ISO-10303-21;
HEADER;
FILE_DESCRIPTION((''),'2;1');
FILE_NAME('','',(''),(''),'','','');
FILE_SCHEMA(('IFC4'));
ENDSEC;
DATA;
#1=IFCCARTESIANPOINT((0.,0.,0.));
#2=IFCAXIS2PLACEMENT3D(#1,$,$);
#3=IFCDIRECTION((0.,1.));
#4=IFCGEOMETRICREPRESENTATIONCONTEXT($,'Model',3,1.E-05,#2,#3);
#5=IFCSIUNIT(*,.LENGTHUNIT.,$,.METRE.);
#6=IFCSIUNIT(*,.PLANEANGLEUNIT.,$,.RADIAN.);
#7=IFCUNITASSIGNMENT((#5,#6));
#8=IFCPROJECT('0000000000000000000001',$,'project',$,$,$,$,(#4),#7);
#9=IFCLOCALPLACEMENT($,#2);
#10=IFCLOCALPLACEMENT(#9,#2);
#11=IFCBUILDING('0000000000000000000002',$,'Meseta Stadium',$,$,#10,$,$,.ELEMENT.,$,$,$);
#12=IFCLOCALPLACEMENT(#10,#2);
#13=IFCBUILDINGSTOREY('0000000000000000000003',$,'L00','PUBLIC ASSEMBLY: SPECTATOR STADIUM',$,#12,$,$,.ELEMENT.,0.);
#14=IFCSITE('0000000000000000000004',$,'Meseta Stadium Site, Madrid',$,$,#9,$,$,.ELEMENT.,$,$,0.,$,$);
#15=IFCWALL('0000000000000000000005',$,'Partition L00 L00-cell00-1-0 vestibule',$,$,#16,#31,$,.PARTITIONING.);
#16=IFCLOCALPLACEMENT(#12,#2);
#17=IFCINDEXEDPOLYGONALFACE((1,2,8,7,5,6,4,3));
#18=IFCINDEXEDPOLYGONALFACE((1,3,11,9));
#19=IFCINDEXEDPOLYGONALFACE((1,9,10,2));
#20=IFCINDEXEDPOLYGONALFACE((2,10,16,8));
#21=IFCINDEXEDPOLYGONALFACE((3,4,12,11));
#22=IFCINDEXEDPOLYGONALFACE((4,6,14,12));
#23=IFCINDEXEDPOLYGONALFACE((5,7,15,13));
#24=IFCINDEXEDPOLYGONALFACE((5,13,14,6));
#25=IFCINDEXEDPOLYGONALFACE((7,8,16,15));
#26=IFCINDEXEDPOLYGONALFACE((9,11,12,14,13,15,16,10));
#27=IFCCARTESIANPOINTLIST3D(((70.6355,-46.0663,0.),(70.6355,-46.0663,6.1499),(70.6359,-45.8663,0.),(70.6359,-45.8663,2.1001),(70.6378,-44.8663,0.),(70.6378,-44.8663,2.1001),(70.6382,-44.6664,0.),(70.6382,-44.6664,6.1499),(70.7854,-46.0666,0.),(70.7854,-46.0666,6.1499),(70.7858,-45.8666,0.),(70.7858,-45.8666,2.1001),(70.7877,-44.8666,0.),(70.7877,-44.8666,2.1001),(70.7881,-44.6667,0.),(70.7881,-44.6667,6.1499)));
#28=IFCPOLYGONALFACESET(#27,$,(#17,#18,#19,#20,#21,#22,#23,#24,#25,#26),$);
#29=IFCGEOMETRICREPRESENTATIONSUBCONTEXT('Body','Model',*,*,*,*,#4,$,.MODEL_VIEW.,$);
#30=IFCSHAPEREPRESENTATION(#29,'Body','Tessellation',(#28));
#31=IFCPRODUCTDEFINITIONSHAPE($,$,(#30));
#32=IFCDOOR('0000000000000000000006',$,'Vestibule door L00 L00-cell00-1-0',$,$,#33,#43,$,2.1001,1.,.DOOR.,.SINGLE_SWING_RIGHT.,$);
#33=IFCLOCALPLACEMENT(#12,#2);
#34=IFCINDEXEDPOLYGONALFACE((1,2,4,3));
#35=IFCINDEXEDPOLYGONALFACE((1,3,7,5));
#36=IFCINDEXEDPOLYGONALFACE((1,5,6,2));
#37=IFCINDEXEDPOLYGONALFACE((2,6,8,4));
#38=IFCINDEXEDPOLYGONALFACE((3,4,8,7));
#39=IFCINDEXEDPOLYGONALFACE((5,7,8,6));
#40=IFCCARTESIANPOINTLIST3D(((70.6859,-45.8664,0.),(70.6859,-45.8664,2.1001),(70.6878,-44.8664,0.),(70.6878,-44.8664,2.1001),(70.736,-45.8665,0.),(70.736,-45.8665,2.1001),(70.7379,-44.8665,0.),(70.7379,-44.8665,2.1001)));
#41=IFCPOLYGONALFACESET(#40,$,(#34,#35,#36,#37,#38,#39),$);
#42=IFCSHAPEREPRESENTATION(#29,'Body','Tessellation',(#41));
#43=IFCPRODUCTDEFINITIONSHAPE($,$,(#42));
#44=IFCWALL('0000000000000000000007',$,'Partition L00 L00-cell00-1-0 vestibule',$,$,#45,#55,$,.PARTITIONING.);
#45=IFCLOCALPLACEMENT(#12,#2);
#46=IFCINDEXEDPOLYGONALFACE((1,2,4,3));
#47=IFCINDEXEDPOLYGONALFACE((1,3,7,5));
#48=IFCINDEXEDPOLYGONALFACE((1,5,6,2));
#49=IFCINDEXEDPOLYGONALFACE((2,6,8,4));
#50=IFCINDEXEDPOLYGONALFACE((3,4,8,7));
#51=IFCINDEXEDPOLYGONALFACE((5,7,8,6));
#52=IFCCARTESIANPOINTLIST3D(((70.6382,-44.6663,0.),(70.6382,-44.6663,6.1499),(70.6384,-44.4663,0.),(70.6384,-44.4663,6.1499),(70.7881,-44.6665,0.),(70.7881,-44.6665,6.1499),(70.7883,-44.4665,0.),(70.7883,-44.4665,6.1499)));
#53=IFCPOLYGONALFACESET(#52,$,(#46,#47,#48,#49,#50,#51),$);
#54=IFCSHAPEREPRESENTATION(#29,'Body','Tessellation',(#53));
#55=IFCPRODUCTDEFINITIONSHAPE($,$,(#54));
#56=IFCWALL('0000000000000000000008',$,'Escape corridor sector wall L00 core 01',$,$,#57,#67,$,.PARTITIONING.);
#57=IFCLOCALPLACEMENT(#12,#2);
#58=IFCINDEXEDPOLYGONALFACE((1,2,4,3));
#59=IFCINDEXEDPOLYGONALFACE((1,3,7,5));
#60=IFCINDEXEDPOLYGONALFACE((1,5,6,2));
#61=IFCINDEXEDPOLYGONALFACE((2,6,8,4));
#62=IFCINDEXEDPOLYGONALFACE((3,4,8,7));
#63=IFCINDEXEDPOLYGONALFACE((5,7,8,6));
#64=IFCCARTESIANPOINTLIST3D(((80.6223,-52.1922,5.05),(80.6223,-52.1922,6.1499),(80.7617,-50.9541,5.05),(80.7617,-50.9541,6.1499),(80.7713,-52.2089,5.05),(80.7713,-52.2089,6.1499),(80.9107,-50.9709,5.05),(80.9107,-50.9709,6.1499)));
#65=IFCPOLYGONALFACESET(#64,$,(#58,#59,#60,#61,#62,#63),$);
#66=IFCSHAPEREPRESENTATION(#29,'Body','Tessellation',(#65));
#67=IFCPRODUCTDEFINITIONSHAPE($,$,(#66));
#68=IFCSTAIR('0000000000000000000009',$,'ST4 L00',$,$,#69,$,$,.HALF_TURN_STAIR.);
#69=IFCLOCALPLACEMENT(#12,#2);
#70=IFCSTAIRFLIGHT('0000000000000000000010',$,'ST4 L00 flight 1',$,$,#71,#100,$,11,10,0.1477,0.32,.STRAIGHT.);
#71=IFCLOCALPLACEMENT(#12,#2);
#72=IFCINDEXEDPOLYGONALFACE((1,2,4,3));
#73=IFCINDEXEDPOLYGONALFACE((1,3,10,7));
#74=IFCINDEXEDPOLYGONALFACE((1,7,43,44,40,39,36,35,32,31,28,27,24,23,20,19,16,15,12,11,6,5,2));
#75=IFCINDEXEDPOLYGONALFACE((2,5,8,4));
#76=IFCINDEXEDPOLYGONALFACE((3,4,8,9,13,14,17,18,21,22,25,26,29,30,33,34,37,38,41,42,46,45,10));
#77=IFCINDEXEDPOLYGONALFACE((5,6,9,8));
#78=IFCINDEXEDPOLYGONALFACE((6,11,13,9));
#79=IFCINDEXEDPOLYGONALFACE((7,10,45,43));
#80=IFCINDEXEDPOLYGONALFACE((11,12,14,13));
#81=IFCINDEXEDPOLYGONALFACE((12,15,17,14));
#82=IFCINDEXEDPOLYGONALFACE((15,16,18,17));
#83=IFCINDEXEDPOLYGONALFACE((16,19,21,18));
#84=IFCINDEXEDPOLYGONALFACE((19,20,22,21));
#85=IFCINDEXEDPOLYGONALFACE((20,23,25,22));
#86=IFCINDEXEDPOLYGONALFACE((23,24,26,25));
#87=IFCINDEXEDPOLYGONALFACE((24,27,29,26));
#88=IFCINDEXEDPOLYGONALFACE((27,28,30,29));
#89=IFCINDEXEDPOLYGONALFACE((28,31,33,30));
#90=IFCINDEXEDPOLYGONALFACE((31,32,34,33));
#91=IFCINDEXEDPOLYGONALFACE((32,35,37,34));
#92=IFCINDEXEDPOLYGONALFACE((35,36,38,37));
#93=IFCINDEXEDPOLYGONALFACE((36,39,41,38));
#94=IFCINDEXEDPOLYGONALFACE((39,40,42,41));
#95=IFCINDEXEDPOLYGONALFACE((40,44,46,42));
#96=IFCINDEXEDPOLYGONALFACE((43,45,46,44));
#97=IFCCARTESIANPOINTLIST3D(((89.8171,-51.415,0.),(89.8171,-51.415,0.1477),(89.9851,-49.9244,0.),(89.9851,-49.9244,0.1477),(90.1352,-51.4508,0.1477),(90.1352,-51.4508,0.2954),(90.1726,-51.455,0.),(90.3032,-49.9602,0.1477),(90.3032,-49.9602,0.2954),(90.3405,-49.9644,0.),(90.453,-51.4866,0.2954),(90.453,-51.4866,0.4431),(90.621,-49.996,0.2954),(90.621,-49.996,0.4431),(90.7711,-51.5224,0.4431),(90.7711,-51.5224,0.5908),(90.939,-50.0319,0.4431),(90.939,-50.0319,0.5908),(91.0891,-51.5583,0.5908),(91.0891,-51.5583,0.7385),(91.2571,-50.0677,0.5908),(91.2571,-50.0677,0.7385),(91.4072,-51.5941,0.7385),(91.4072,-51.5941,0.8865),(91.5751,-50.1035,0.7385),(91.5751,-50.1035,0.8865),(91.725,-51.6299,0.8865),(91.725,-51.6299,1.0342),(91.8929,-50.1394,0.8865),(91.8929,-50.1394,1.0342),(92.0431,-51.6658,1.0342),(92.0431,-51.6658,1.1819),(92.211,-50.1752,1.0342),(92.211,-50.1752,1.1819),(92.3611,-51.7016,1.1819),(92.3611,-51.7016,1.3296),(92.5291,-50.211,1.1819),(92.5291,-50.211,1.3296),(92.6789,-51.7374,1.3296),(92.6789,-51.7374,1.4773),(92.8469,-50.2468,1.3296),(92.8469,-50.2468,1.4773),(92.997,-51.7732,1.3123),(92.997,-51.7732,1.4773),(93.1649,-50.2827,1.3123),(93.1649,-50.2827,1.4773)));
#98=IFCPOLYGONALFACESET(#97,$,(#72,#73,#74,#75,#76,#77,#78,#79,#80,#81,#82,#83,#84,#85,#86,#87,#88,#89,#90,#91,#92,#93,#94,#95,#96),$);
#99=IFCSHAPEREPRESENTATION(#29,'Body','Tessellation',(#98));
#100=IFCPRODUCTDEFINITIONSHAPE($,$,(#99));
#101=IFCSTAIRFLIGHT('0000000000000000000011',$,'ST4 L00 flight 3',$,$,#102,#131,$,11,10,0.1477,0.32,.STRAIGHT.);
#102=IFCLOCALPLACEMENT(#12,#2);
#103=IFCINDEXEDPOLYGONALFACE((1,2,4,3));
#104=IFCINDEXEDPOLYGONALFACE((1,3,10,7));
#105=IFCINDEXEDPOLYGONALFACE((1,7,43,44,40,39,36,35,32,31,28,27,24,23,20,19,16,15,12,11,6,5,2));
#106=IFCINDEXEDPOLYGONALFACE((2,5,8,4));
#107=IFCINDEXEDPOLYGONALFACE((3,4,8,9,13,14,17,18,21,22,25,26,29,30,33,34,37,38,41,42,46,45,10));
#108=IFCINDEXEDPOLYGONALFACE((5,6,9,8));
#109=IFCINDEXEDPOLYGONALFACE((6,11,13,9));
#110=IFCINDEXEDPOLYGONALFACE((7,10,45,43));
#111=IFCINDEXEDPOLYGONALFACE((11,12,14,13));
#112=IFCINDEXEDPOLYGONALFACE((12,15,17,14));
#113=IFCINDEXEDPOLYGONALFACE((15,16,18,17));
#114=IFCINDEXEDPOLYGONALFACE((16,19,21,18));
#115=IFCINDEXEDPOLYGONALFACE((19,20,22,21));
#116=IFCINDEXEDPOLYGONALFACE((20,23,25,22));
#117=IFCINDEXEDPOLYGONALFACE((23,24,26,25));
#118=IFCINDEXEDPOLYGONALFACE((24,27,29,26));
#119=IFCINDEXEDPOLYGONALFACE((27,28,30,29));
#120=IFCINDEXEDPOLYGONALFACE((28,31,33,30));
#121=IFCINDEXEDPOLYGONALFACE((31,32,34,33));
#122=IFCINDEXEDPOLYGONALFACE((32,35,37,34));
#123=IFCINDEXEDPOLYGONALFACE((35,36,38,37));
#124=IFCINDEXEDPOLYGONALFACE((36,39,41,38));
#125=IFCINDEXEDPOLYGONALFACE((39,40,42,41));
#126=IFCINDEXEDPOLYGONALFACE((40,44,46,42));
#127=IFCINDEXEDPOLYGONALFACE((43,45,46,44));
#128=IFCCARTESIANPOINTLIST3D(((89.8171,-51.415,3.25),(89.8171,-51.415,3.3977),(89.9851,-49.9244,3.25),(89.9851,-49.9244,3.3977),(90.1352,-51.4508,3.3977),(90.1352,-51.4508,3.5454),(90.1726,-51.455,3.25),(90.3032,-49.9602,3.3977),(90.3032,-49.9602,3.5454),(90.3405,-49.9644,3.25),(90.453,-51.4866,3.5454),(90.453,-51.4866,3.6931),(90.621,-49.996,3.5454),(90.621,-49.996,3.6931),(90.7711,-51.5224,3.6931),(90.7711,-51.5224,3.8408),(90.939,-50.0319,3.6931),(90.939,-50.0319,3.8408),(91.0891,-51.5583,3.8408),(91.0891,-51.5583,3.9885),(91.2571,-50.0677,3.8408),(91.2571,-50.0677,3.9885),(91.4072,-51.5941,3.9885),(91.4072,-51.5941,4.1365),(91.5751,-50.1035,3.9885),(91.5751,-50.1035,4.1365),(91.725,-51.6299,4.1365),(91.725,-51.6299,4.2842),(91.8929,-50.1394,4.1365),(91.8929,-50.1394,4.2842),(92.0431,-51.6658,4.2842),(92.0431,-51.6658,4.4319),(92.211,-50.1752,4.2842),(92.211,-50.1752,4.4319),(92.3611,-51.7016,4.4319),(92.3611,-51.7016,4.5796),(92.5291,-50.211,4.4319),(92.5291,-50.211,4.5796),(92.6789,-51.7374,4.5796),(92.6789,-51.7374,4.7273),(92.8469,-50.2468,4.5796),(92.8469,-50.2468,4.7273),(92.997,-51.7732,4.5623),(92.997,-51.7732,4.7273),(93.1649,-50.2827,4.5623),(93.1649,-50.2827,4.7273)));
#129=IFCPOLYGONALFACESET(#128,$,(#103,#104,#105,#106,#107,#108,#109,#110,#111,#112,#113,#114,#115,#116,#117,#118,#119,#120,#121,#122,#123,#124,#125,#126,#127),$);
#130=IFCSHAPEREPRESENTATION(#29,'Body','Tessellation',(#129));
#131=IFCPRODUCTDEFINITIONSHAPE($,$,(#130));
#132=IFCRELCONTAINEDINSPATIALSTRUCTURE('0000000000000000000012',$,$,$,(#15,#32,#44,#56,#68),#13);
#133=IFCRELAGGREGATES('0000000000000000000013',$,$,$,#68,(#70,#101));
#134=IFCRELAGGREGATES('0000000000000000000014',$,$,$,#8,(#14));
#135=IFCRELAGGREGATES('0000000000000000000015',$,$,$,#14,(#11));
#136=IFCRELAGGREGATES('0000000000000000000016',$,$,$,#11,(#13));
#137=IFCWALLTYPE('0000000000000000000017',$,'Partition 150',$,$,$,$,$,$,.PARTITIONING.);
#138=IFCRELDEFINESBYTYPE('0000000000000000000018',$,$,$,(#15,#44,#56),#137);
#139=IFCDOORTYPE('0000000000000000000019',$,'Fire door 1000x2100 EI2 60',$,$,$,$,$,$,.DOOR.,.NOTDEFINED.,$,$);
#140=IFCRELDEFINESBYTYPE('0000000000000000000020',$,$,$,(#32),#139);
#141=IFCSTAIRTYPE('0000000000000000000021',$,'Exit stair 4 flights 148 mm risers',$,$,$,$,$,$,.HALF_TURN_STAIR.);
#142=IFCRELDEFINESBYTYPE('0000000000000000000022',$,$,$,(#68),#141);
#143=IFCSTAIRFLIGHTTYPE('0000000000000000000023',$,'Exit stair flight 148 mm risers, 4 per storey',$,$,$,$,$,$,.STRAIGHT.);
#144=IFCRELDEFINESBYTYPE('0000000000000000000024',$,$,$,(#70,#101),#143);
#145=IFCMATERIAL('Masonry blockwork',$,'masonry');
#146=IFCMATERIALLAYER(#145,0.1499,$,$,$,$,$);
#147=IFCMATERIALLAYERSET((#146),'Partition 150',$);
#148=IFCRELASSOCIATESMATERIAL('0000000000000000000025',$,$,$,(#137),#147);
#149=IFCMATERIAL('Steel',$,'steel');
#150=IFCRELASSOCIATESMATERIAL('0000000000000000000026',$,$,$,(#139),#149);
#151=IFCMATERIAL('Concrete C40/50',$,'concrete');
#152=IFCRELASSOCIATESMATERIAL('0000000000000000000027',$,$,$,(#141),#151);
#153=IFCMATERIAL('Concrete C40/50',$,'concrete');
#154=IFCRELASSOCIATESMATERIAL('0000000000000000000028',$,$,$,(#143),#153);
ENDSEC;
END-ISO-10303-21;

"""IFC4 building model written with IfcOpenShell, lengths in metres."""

from ifc_helpers import new_model, si_unit, direction, frame, frame_2d, origin, place, context, subcontext, project, spatial, polyline, rectangle, outline, extrude, material, layer, layer_set, type_object, element, fill, aggregate, save


model = new_model("IFC4")

# Units and contexts
model_context = context("Model", 3, precision=1e-05, world=origin(), true_north=direction((0.0, 1.0)))
body_context = subcontext(model_context, "Body", "Model", "MODEL_VIEW")
ifc_project = project(units=[si_unit("LENGTHUNIT", "METRE"), si_unit("PLANEANGLEUNIT", "RADIAN")], contexts=[model_context])

# Site, building, storey
site_placement = place(None, origin())
site = spatial("IfcSite", under=ifc_project, at=site_placement, Name="Meseta Stadium Site, Madrid", CompositionType="ELEMENT", RefElevation=0.0)
building_placement = place(site_placement, origin())
building = spatial("IfcBuilding", under=site, at=building_placement, Name="Meseta Stadium", CompositionType="ELEMENT")
storey_placement = place(building_placement, origin())
storey = spatial("IfcBuildingStorey", under=building, at=storey_placement, Name="L00", Description="PUBLIC ASSEMBLY: SPECTATOR STADIUM", CompositionType="ELEMENT", Elevation=0.0)

# Shared definitions
ifc_material_1 = material(Name="Masonry blockwork", Category="masonry")
ifc_layer_1 = layer(ifc_material_1, 0.1499)
ifc_layer_set_1 = layer_set([ifc_layer_1], Name="Partition 150")
wall_type_1 = type_object("IfcWallType", Name="Partition 150", PredefinedType="PARTITIONING", material=ifc_layer_set_1)

# Wall, opening, door
wall_1_placement = place(storey_placement, frame((70.7104, -46.0664, 0.0), z_axis=(0.0, 0.0, 1.0), x_axis=(0.001918, 0.999998, 0.0)))
wall_1 = element("IfcWall", 1, at=wall_1_placement, inside=storey, type_object=wall_type_1, Name="Partition L00 L00-cell00-1-0 vestibule", PredefinedType="PARTITIONING", context=body_context, shape_type="SweptSolid", body=[
    extrude(rectangle(XDim=1.3999, YDim=0.1499, at=frame_2d((0.7, 0.0))), origin(), (0.0, 0.0, 1.0), 6.1499),
])
opening_1_placement = place(wall_1_placement, frame((0.2, 0.0, 0.0)))
opening_1 = element("IfcOpeningElement", 2, at=opening_1_placement, cuts=wall_1, PredefinedType="OPENING", context=body_context, shape_type="SweptSolid", body=[
    extrude(rectangle(XDim=1.0, YDim=2.1001, at=frame_2d((0.5, 1.05))), frame((0.0, 0.085, 0.0), z_axis=(0.0, -1.0, 0.0), x_axis=(1.0, 0.0, 0.0)), (0.0, 0.0, 1.0), 0.1699),
])
ifc_material_2 = material(Name="Steel", Category="steel")
door_type_1 = type_object("IfcDoorType", Name="Fire door 1000x2100 EI2 60", OperationType="NOTDEFINED", PredefinedType="DOOR", material=ifc_material_2)
door_1_placement = place(opening_1_placement, origin())
door_1 = element("IfcDoor", 3, at=door_1_placement, inside=storey, type_object=door_type_1, Name="Vestibule door L00 L00-cell00-1-0", OperationType="SINGLE_SWING_RIGHT", OverallHeight=2.1001, OverallWidth=1.0, PredefinedType="DOOR", context=body_context, shape_type="SweptSolid", body=[
    extrude(rectangle(XDim=1.0, YDim=2.1001, at=frame_2d((0.5, 1.05))), frame((0.0, 0.0249, 0.0), z_axis=(0.0, -1.0, 0.0), x_axis=(1.0, 0.0, 0.0)), (0.0, 0.0, 1.0), 0.05),
])
fill(opening_1, door_1)

# Walls
wall_2_placement = place(storey_placement, frame((70.7131, -44.6665, 0.0), z_axis=(0.0, 0.0, 1.0), x_axis=(0.001221, 0.999999, 0.0)))
element("IfcWall", 4, at=wall_2_placement, inside=storey, type_object=wall_type_1, Name="Partition L00 L00-cell00-1-0 vestibule", PredefinedType="PARTITIONING", context=body_context, shape_type="SweptSolid", body=[
    extrude(rectangle(XDim=0.2, YDim=0.1499, at=frame_2d((0.1001, 0.0))), origin(), (0.0, 0.0, 1.0), 6.1499),
])
wall_3_placement = place(storey_placement, frame((80.6968, -52.2007, 5.05), z_axis=(0.0, 0.0, 1.0), x_axis=(0.111894, 0.99372, 0.0)))
element("IfcWall", 5, at=wall_3_placement, inside=storey, type_object=wall_type_1, Name="Escape corridor sector wall L00 core 01", PredefinedType="PARTITIONING", context=body_context, shape_type="SweptSolid", body=[
    extrude(rectangle(XDim=1.2458, YDim=0.1499, at=frame_2d((0.623, 0.0))), origin(), (0.0, 0.0, 1.0), 1.0999),
])

# Stair, stair flights
ifc_material_3 = material(Name="Concrete C40/50", Category="concrete")
stair_type = type_object("IfcStairType", Name="Exit stair 4 flights 148 mm risers", PredefinedType="HALF_TURN_STAIR", material=ifc_material_3)
stair_placement = place(storey_placement, origin())
stair = element("IfcStair", 6, at=stair_placement, inside=storey, type_object=stair_type, Name="ST4 L00", PredefinedType="HALF_TURN_STAIR")
ifc_material_4 = material(Name="Concrete C40/50", Category="concrete")
stair_flight_type = type_object("IfcStairFlightType", Name="Exit stair flight 148 mm risers, 4 per storey", PredefinedType="STRAIGHT", material=ifc_material_4)
stair_flight_1_placement = place(storey_placement, frame((89.9011, -50.6697, 0.0), z_axis=(0.0, 0.0, 1.0), x_axis=(0.993712, -0.111964, 0.0)))
stair_flight_1 = element("IfcStairFlight", 7, at=stair_flight_1_placement, type_object=stair_flight_type, Name="ST4 L00 flight 1", NumberOfRisers=11, NumberOfTreads=10, PredefinedType="STRAIGHT", RiserHeight=0.1477, TreadLength=0.32, context=body_context, shape_type="SweptSolid", body=[
    extrude(outline(polyline([(0.0, 0.0), (0.0, 0.1477), (0.3201, 0.1477), (0.3201, 0.2954), (0.6399, 0.2954), (0.6399, 0.4431), (0.96, 0.4431), (0.96, 0.5908), (1.28, 0.5908), (1.28, 0.7385), (1.6001, 0.7385), (1.6001, 0.8865), (1.9199, 0.8865), (1.9199, 1.0342), (2.24, 1.0342), (2.24, 1.1819), (2.5601, 1.1819), (2.5601, 1.3296), (2.8799, 1.3296), (2.8799, 1.4773), (3.2, 1.4773), (3.2, 1.3123), (0.3577, 0.0), (0.0, 0.0)])), frame((0.0, 0.75, 0.0), z_axis=(0.0, -1.0, 0.0), x_axis=(1.0, 0.0, 0.0)), (0.0, 0.0, 1.0), 1.5),
])
stair_flight_2_placement = place(storey_placement, frame((89.9011, -50.6697, 3.25), z_axis=(0.0, 0.0, 1.0), x_axis=(0.993712, -0.111964, 0.0)))
stair_flight_2 = element("IfcStairFlight", 8, at=stair_flight_2_placement, type_object=stair_flight_type, Name="ST4 L00 flight 3", NumberOfRisers=11, NumberOfTreads=10, PredefinedType="STRAIGHT", RiserHeight=0.1477, TreadLength=0.32, context=body_context, shape_type="SweptSolid", body=[
    extrude(outline(polyline([(0.0, 0.0), (0.0, 0.1477), (0.3201, 0.1477), (0.3201, 0.2954), (0.6399, 0.2954), (0.6399, 0.4431), (0.96, 0.4431), (0.96, 0.5908), (1.28, 0.5908), (1.28, 0.7385), (1.6001, 0.7385), (1.6001, 0.8865), (1.9199, 0.8865), (1.9199, 1.0342), (2.24, 1.0342), (2.24, 1.1819), (2.5601, 1.1819), (2.5601, 1.3296), (2.8799, 1.3296), (2.8799, 1.4773), (3.2, 1.4773), (3.2, 1.3123), (0.3577, 0.0), (0.0, 0.0)])), frame((0.0, 0.75, 0.0), z_axis=(0.0, -1.0, 0.0), x_axis=(1.0, 0.0, 0.0)), (0.0, 0.0, 1.0), 1.5),
])
aggregate(stair, [stair_flight_1, stair_flight_2])

save(model, "model.ifc")
